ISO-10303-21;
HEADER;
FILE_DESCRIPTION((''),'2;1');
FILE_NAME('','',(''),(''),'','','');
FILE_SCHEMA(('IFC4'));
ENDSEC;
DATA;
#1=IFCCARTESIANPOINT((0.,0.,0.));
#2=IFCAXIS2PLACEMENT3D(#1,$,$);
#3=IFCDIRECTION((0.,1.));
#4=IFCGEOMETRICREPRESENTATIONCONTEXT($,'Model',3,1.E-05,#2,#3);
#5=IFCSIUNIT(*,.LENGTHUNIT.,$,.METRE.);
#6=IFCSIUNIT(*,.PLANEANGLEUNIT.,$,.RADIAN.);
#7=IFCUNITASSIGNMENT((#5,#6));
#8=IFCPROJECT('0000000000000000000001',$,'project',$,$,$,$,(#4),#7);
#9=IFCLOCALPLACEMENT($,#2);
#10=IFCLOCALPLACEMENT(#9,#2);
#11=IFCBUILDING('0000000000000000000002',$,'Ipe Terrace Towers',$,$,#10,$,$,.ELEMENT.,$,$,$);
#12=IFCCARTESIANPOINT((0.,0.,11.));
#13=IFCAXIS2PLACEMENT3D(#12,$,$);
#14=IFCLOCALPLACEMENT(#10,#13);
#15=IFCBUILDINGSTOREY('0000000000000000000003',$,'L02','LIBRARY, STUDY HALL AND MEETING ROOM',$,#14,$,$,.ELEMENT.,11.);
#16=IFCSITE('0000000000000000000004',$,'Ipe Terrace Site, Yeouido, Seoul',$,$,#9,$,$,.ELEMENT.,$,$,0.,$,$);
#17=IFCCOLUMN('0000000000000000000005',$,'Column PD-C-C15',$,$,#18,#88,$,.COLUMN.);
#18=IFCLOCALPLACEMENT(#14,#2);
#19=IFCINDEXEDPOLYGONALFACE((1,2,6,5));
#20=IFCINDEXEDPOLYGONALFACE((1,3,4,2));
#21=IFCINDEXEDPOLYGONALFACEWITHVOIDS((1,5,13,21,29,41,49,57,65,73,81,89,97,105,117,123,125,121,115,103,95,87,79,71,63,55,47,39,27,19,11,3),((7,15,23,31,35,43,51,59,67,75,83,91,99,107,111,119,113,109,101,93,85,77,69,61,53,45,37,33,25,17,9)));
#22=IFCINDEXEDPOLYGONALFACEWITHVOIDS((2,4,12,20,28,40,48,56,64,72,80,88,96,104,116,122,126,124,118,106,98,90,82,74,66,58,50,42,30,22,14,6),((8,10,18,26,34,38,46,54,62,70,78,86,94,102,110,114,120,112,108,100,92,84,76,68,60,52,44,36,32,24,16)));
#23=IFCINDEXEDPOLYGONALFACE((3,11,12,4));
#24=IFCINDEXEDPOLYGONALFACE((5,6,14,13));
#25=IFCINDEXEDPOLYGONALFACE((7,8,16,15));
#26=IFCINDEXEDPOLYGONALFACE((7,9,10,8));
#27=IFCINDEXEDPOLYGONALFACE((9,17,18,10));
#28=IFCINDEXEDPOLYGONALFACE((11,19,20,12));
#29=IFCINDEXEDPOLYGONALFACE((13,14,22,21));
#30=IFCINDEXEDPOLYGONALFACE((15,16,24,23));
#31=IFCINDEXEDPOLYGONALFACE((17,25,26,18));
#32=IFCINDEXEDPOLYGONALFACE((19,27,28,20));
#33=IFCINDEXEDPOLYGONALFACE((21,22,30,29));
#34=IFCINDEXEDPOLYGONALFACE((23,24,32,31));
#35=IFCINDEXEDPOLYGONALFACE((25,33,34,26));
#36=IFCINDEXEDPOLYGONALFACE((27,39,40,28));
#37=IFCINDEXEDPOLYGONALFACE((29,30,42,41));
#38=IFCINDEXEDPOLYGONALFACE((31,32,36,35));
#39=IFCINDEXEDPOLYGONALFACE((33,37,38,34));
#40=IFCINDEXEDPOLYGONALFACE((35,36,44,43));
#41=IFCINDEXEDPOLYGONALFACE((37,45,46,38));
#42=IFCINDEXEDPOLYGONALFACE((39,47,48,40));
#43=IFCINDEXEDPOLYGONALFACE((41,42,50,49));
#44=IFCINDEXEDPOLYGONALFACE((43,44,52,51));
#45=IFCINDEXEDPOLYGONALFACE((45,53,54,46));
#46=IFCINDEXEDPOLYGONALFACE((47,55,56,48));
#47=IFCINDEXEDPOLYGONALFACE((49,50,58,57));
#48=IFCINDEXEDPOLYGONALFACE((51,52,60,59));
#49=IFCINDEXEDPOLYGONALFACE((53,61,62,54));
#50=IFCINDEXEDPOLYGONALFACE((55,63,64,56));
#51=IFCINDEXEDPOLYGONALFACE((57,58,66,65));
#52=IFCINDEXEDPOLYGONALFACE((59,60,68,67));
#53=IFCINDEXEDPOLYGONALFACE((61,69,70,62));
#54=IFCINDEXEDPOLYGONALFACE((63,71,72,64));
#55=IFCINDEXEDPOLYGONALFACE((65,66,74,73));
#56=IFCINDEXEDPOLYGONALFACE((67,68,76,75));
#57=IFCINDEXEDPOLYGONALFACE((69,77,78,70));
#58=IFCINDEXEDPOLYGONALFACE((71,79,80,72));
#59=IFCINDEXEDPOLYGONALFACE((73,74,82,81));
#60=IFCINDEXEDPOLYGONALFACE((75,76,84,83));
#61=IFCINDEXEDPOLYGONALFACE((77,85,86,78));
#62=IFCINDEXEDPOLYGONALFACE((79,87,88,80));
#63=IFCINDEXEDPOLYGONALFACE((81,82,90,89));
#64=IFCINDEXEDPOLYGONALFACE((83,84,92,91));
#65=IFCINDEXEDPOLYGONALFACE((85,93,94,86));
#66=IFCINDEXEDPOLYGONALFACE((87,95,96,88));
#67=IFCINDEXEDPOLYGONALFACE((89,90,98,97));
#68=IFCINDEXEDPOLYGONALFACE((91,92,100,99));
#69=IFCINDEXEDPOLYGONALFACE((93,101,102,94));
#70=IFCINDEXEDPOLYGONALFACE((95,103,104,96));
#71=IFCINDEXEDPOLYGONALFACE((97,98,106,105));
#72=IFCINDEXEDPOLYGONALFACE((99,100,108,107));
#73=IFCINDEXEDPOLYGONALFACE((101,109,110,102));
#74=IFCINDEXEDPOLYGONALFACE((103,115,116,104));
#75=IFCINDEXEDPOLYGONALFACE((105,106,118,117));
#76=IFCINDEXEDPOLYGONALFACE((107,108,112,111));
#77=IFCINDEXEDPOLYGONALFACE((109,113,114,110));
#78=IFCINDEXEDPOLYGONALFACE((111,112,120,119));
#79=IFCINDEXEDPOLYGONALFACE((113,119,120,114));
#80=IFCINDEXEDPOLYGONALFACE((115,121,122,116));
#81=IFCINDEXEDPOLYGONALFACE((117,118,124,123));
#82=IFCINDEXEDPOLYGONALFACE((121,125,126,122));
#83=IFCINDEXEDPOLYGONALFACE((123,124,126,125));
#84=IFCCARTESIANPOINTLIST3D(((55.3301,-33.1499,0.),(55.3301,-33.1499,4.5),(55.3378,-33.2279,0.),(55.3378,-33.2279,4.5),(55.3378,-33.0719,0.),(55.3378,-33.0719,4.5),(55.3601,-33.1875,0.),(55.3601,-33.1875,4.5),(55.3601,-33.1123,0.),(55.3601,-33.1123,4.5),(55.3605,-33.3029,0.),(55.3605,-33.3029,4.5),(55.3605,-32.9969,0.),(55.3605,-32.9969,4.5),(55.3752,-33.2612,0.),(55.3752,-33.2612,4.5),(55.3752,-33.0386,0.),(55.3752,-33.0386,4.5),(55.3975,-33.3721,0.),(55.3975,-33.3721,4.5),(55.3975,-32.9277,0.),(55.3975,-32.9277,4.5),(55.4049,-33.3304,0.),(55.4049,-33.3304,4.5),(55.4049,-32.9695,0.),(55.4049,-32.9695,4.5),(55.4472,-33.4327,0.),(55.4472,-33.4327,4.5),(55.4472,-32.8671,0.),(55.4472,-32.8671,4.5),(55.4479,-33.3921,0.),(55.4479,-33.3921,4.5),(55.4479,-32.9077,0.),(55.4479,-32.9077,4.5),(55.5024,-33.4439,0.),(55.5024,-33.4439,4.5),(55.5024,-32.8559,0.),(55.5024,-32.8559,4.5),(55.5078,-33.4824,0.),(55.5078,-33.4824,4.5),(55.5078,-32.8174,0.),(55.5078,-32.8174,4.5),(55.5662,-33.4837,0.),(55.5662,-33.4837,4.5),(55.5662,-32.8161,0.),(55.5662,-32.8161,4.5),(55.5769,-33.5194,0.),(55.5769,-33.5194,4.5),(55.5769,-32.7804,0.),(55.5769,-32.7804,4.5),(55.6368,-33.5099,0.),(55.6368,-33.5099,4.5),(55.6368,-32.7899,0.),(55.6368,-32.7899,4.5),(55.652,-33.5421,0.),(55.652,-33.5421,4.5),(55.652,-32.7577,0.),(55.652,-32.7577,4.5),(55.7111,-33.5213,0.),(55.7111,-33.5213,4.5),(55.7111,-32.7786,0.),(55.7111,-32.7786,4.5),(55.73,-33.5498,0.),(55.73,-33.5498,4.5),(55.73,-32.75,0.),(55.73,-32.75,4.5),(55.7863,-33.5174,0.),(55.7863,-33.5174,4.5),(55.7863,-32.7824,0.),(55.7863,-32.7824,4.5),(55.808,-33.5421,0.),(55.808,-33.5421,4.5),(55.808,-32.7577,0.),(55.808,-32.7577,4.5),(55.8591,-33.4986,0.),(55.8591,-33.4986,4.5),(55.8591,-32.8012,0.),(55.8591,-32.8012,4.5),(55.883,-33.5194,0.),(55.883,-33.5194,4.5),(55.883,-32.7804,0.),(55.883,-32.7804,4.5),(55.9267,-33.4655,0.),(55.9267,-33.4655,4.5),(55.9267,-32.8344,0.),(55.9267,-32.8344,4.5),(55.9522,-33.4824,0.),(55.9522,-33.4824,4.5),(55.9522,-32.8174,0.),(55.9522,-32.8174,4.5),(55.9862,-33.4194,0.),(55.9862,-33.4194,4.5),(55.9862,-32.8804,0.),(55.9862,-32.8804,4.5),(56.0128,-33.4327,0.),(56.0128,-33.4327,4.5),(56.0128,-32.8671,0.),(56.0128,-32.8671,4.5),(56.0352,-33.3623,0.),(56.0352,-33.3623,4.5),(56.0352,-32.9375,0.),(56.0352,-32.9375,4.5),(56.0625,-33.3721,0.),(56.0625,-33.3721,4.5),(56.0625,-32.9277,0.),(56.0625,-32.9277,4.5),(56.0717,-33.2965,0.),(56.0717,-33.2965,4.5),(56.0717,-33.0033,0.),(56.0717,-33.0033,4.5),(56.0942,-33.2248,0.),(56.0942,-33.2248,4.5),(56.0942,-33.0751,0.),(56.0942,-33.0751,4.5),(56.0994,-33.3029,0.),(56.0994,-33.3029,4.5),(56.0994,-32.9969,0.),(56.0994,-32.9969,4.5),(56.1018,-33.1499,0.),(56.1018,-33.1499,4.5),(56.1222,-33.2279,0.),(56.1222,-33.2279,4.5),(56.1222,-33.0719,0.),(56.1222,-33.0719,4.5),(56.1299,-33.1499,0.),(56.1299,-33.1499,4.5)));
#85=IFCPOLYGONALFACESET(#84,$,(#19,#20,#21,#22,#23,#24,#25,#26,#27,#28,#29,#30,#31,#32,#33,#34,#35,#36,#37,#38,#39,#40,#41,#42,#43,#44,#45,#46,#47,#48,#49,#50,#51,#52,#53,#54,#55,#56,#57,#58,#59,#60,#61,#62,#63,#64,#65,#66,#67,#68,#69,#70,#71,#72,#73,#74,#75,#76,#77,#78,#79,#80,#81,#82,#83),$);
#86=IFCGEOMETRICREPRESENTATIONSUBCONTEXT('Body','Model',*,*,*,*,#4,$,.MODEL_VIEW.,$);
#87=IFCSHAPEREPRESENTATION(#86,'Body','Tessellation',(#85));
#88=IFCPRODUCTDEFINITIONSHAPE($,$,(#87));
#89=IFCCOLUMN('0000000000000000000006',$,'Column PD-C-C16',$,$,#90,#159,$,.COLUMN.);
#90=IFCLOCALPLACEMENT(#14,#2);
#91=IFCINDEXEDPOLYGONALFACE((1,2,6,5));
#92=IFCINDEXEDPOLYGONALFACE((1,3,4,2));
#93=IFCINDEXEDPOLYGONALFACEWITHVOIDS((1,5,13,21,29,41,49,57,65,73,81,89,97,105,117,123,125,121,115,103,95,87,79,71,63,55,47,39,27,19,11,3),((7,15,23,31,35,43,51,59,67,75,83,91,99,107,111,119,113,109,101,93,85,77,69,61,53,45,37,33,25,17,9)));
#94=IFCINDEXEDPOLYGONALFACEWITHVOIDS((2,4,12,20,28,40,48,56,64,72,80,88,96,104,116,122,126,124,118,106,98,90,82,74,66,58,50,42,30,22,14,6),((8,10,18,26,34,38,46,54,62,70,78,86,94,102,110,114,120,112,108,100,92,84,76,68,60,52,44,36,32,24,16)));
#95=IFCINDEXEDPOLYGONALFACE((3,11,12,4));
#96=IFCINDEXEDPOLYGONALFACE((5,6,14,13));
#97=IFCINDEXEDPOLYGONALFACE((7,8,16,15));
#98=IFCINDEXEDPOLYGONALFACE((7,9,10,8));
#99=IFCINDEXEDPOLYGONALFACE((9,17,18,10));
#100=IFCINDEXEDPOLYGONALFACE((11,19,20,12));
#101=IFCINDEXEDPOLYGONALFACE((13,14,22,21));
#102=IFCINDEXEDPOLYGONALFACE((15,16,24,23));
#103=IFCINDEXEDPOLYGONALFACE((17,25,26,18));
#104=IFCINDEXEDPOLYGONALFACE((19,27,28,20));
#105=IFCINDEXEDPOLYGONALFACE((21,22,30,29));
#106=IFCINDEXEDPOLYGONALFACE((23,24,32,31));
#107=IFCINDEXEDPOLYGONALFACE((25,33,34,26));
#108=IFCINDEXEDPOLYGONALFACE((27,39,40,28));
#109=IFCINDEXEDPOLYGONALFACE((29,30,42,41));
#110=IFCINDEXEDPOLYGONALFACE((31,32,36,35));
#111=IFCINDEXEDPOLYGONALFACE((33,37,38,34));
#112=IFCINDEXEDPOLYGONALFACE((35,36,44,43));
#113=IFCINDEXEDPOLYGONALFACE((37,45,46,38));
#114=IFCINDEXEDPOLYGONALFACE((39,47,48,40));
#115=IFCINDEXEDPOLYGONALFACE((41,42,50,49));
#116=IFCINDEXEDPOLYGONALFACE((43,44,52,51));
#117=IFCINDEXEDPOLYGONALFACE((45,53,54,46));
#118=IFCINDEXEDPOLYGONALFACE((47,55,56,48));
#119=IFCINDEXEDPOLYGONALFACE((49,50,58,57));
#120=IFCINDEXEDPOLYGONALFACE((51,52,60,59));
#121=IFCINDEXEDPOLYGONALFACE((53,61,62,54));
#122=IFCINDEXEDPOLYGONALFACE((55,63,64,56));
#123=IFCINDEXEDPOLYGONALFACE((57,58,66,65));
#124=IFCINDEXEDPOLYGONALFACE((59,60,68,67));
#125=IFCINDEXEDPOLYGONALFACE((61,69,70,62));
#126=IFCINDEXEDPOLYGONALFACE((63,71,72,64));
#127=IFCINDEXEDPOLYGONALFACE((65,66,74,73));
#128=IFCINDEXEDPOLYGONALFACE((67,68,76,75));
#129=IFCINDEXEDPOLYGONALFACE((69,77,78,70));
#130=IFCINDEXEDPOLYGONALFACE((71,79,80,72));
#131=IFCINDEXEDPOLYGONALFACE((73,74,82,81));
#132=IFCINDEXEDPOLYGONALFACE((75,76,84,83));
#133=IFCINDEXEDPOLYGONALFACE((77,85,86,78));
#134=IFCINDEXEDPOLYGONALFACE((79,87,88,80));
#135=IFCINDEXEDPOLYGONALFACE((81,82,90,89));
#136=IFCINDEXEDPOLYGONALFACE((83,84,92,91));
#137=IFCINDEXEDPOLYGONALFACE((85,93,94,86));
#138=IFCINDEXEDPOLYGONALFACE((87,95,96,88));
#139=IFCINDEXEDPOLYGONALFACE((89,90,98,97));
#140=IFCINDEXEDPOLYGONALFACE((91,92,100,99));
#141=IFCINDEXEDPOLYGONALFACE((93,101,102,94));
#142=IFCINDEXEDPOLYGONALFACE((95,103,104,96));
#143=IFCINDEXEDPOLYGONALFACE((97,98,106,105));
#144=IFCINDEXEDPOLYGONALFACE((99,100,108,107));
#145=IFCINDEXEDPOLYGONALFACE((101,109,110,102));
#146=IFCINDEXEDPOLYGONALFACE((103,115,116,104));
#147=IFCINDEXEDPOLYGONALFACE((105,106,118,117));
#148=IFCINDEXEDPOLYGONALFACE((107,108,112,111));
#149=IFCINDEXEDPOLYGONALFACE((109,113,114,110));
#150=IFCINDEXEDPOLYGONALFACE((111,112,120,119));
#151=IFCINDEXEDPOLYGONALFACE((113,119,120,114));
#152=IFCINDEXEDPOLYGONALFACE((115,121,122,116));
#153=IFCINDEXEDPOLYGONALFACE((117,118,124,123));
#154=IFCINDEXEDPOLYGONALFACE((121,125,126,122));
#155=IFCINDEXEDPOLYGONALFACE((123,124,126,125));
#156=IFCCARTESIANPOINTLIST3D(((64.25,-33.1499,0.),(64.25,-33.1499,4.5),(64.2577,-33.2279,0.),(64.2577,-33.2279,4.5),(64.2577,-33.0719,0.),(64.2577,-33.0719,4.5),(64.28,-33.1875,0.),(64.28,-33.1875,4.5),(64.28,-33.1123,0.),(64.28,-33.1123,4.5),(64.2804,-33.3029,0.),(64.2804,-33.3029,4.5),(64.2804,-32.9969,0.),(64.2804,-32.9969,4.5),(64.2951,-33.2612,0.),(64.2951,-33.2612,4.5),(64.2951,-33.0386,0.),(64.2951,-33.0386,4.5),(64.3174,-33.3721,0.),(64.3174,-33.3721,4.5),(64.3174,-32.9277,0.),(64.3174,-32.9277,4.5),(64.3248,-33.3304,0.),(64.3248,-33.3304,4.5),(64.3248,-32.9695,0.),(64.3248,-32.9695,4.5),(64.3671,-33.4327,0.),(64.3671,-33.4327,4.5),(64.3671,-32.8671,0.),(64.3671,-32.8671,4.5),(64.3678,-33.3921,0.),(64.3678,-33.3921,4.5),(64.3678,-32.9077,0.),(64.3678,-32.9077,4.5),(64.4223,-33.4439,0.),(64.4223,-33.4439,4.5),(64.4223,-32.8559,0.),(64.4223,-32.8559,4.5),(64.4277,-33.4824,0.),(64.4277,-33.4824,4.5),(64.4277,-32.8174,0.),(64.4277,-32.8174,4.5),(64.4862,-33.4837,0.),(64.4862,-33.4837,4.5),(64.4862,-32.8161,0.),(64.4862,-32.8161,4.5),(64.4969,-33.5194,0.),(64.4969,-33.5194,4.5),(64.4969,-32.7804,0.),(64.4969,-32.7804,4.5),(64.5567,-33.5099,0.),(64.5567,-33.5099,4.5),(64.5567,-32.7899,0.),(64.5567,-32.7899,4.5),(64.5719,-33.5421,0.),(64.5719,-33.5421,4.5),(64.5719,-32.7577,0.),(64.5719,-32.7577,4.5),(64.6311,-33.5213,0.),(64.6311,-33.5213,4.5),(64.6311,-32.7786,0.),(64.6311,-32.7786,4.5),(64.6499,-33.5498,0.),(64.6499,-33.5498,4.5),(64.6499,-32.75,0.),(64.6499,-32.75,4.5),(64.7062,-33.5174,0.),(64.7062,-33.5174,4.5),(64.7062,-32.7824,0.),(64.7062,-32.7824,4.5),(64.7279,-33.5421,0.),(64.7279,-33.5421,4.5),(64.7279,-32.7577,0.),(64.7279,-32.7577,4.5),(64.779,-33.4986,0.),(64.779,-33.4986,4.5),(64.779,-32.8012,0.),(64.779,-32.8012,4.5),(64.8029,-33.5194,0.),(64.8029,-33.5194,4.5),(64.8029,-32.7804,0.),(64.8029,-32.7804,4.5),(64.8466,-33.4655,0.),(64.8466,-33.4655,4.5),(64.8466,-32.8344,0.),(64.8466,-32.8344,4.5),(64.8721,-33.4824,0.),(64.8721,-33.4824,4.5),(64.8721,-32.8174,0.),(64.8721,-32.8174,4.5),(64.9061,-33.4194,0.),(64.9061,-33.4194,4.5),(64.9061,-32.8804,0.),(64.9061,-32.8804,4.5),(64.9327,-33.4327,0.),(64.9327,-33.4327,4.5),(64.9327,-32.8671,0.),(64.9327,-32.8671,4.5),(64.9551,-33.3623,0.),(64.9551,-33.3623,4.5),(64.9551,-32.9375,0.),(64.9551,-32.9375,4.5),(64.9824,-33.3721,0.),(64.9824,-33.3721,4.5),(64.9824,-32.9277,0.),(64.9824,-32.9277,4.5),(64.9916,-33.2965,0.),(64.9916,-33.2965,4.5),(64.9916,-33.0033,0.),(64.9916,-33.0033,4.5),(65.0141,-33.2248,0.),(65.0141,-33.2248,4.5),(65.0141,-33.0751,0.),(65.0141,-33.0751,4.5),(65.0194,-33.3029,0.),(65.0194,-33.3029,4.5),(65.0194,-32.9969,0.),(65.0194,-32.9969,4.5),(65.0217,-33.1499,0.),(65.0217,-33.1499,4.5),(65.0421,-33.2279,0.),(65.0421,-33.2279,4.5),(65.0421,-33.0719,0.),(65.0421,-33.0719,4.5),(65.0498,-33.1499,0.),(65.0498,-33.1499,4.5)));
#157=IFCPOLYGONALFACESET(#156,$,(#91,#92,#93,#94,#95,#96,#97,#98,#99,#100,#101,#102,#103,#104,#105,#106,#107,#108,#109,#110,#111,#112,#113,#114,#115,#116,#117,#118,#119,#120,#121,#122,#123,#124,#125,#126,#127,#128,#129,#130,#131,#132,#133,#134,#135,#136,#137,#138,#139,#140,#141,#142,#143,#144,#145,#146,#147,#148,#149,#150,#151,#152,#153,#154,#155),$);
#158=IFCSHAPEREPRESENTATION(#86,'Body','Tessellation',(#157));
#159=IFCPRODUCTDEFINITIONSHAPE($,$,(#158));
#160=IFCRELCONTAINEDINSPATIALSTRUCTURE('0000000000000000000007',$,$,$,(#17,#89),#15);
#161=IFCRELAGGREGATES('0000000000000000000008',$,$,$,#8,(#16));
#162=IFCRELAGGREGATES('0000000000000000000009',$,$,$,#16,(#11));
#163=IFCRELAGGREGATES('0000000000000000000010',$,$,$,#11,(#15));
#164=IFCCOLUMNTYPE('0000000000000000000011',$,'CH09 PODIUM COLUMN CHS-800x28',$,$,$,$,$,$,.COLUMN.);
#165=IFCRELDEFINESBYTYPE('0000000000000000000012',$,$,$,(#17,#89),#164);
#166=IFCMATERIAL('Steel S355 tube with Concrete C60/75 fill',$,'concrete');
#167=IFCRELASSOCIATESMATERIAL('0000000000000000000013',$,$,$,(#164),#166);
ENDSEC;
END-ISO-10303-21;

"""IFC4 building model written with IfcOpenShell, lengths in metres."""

from ifc_helpers import new_model, si_unit, direction, frame, origin, origin_2d, place, context, subcontext, project, spatial, hollow_circle, extrude, material, material_profile, profile_set, type_object, element, save


model = new_model("IFC4")

# Units and contexts
model_context = context("Model", 3, precision=1e-05, world=origin(), true_north=direction((0.0, 1.0)))
body_context = subcontext(model_context, "Body", "Model", "MODEL_VIEW")
ifc_project = project(units=[si_unit("LENGTHUNIT", "METRE"), si_unit("PLANEANGLEUNIT", "RADIAN")], contexts=[model_context])

# Site, building, storey
site_placement = place(None, origin())
site = spatial("IfcSite", under=ifc_project, at=site_placement, Name="Ipe Terrace Site, Yeouido, Seoul", CompositionType="ELEMENT", RefElevation=0.0)
building_placement = place(site_placement, origin())
building = spatial("IfcBuilding", under=site, at=building_placement, Name="Ipe Terrace Towers", CompositionType="ELEMENT")
storey_placement = place(building_placement, frame((0.0, 0.0, 11.0)))
storey = spatial("IfcBuildingStorey", under=building, at=storey_placement, Name="L02", Description="LIBRARY, STUDY HALL AND MEETING ROOM", CompositionType="ELEMENT", Elevation=11.0)

# Columns
ifc_material_1 = material(Name="Steel S355 tube with Concrete C60/75 fill", Category="concrete")
ifc_material_profile_1 = material_profile(ifc_material_1, hollow_circle(Radius=0.3999, WallThickness=0.0281, at=origin_2d()), Name="CHS-800x28")
ifc_profile_set_1 = profile_set([ifc_material_profile_1], Name="Steel S355 tube with Concrete C60/75 fill")
column_type = type_object("IfcColumnType", Name="CH09 PODIUM COLUMN CHS-800x28", PredefinedType="COLUMN", material=ifc_profile_set_1)
for number, where, z_axis, x_axis, name in (
    (1, (55.73, -33.1499, 0.0), (0.0, 0.0, 1.0), (1.0, 0.0, 0.0), "Column PD-C-C15"),
    (2, (64.6499, -33.1499, 0.0), (0.0, 0.0, 1.0), (1.0, 0.0, 0.0), "Column PD-C-C16"),
):
    element("IfcColumn", number, at=place(storey_placement, frame(where, z_axis=z_axis, x_axis=x_axis)), inside=storey, type_object=column_type, Name=name, PredefinedType="COLUMN", context=body_context, shape_type="SweptSolid", body=[
        extrude(hollow_circle(Radius=0.3999, WallThickness=0.0281, at=origin_2d()), origin(), (0.0, 0.0, 1.0), 4.5),
    ])

save(model, "model.ifc")
